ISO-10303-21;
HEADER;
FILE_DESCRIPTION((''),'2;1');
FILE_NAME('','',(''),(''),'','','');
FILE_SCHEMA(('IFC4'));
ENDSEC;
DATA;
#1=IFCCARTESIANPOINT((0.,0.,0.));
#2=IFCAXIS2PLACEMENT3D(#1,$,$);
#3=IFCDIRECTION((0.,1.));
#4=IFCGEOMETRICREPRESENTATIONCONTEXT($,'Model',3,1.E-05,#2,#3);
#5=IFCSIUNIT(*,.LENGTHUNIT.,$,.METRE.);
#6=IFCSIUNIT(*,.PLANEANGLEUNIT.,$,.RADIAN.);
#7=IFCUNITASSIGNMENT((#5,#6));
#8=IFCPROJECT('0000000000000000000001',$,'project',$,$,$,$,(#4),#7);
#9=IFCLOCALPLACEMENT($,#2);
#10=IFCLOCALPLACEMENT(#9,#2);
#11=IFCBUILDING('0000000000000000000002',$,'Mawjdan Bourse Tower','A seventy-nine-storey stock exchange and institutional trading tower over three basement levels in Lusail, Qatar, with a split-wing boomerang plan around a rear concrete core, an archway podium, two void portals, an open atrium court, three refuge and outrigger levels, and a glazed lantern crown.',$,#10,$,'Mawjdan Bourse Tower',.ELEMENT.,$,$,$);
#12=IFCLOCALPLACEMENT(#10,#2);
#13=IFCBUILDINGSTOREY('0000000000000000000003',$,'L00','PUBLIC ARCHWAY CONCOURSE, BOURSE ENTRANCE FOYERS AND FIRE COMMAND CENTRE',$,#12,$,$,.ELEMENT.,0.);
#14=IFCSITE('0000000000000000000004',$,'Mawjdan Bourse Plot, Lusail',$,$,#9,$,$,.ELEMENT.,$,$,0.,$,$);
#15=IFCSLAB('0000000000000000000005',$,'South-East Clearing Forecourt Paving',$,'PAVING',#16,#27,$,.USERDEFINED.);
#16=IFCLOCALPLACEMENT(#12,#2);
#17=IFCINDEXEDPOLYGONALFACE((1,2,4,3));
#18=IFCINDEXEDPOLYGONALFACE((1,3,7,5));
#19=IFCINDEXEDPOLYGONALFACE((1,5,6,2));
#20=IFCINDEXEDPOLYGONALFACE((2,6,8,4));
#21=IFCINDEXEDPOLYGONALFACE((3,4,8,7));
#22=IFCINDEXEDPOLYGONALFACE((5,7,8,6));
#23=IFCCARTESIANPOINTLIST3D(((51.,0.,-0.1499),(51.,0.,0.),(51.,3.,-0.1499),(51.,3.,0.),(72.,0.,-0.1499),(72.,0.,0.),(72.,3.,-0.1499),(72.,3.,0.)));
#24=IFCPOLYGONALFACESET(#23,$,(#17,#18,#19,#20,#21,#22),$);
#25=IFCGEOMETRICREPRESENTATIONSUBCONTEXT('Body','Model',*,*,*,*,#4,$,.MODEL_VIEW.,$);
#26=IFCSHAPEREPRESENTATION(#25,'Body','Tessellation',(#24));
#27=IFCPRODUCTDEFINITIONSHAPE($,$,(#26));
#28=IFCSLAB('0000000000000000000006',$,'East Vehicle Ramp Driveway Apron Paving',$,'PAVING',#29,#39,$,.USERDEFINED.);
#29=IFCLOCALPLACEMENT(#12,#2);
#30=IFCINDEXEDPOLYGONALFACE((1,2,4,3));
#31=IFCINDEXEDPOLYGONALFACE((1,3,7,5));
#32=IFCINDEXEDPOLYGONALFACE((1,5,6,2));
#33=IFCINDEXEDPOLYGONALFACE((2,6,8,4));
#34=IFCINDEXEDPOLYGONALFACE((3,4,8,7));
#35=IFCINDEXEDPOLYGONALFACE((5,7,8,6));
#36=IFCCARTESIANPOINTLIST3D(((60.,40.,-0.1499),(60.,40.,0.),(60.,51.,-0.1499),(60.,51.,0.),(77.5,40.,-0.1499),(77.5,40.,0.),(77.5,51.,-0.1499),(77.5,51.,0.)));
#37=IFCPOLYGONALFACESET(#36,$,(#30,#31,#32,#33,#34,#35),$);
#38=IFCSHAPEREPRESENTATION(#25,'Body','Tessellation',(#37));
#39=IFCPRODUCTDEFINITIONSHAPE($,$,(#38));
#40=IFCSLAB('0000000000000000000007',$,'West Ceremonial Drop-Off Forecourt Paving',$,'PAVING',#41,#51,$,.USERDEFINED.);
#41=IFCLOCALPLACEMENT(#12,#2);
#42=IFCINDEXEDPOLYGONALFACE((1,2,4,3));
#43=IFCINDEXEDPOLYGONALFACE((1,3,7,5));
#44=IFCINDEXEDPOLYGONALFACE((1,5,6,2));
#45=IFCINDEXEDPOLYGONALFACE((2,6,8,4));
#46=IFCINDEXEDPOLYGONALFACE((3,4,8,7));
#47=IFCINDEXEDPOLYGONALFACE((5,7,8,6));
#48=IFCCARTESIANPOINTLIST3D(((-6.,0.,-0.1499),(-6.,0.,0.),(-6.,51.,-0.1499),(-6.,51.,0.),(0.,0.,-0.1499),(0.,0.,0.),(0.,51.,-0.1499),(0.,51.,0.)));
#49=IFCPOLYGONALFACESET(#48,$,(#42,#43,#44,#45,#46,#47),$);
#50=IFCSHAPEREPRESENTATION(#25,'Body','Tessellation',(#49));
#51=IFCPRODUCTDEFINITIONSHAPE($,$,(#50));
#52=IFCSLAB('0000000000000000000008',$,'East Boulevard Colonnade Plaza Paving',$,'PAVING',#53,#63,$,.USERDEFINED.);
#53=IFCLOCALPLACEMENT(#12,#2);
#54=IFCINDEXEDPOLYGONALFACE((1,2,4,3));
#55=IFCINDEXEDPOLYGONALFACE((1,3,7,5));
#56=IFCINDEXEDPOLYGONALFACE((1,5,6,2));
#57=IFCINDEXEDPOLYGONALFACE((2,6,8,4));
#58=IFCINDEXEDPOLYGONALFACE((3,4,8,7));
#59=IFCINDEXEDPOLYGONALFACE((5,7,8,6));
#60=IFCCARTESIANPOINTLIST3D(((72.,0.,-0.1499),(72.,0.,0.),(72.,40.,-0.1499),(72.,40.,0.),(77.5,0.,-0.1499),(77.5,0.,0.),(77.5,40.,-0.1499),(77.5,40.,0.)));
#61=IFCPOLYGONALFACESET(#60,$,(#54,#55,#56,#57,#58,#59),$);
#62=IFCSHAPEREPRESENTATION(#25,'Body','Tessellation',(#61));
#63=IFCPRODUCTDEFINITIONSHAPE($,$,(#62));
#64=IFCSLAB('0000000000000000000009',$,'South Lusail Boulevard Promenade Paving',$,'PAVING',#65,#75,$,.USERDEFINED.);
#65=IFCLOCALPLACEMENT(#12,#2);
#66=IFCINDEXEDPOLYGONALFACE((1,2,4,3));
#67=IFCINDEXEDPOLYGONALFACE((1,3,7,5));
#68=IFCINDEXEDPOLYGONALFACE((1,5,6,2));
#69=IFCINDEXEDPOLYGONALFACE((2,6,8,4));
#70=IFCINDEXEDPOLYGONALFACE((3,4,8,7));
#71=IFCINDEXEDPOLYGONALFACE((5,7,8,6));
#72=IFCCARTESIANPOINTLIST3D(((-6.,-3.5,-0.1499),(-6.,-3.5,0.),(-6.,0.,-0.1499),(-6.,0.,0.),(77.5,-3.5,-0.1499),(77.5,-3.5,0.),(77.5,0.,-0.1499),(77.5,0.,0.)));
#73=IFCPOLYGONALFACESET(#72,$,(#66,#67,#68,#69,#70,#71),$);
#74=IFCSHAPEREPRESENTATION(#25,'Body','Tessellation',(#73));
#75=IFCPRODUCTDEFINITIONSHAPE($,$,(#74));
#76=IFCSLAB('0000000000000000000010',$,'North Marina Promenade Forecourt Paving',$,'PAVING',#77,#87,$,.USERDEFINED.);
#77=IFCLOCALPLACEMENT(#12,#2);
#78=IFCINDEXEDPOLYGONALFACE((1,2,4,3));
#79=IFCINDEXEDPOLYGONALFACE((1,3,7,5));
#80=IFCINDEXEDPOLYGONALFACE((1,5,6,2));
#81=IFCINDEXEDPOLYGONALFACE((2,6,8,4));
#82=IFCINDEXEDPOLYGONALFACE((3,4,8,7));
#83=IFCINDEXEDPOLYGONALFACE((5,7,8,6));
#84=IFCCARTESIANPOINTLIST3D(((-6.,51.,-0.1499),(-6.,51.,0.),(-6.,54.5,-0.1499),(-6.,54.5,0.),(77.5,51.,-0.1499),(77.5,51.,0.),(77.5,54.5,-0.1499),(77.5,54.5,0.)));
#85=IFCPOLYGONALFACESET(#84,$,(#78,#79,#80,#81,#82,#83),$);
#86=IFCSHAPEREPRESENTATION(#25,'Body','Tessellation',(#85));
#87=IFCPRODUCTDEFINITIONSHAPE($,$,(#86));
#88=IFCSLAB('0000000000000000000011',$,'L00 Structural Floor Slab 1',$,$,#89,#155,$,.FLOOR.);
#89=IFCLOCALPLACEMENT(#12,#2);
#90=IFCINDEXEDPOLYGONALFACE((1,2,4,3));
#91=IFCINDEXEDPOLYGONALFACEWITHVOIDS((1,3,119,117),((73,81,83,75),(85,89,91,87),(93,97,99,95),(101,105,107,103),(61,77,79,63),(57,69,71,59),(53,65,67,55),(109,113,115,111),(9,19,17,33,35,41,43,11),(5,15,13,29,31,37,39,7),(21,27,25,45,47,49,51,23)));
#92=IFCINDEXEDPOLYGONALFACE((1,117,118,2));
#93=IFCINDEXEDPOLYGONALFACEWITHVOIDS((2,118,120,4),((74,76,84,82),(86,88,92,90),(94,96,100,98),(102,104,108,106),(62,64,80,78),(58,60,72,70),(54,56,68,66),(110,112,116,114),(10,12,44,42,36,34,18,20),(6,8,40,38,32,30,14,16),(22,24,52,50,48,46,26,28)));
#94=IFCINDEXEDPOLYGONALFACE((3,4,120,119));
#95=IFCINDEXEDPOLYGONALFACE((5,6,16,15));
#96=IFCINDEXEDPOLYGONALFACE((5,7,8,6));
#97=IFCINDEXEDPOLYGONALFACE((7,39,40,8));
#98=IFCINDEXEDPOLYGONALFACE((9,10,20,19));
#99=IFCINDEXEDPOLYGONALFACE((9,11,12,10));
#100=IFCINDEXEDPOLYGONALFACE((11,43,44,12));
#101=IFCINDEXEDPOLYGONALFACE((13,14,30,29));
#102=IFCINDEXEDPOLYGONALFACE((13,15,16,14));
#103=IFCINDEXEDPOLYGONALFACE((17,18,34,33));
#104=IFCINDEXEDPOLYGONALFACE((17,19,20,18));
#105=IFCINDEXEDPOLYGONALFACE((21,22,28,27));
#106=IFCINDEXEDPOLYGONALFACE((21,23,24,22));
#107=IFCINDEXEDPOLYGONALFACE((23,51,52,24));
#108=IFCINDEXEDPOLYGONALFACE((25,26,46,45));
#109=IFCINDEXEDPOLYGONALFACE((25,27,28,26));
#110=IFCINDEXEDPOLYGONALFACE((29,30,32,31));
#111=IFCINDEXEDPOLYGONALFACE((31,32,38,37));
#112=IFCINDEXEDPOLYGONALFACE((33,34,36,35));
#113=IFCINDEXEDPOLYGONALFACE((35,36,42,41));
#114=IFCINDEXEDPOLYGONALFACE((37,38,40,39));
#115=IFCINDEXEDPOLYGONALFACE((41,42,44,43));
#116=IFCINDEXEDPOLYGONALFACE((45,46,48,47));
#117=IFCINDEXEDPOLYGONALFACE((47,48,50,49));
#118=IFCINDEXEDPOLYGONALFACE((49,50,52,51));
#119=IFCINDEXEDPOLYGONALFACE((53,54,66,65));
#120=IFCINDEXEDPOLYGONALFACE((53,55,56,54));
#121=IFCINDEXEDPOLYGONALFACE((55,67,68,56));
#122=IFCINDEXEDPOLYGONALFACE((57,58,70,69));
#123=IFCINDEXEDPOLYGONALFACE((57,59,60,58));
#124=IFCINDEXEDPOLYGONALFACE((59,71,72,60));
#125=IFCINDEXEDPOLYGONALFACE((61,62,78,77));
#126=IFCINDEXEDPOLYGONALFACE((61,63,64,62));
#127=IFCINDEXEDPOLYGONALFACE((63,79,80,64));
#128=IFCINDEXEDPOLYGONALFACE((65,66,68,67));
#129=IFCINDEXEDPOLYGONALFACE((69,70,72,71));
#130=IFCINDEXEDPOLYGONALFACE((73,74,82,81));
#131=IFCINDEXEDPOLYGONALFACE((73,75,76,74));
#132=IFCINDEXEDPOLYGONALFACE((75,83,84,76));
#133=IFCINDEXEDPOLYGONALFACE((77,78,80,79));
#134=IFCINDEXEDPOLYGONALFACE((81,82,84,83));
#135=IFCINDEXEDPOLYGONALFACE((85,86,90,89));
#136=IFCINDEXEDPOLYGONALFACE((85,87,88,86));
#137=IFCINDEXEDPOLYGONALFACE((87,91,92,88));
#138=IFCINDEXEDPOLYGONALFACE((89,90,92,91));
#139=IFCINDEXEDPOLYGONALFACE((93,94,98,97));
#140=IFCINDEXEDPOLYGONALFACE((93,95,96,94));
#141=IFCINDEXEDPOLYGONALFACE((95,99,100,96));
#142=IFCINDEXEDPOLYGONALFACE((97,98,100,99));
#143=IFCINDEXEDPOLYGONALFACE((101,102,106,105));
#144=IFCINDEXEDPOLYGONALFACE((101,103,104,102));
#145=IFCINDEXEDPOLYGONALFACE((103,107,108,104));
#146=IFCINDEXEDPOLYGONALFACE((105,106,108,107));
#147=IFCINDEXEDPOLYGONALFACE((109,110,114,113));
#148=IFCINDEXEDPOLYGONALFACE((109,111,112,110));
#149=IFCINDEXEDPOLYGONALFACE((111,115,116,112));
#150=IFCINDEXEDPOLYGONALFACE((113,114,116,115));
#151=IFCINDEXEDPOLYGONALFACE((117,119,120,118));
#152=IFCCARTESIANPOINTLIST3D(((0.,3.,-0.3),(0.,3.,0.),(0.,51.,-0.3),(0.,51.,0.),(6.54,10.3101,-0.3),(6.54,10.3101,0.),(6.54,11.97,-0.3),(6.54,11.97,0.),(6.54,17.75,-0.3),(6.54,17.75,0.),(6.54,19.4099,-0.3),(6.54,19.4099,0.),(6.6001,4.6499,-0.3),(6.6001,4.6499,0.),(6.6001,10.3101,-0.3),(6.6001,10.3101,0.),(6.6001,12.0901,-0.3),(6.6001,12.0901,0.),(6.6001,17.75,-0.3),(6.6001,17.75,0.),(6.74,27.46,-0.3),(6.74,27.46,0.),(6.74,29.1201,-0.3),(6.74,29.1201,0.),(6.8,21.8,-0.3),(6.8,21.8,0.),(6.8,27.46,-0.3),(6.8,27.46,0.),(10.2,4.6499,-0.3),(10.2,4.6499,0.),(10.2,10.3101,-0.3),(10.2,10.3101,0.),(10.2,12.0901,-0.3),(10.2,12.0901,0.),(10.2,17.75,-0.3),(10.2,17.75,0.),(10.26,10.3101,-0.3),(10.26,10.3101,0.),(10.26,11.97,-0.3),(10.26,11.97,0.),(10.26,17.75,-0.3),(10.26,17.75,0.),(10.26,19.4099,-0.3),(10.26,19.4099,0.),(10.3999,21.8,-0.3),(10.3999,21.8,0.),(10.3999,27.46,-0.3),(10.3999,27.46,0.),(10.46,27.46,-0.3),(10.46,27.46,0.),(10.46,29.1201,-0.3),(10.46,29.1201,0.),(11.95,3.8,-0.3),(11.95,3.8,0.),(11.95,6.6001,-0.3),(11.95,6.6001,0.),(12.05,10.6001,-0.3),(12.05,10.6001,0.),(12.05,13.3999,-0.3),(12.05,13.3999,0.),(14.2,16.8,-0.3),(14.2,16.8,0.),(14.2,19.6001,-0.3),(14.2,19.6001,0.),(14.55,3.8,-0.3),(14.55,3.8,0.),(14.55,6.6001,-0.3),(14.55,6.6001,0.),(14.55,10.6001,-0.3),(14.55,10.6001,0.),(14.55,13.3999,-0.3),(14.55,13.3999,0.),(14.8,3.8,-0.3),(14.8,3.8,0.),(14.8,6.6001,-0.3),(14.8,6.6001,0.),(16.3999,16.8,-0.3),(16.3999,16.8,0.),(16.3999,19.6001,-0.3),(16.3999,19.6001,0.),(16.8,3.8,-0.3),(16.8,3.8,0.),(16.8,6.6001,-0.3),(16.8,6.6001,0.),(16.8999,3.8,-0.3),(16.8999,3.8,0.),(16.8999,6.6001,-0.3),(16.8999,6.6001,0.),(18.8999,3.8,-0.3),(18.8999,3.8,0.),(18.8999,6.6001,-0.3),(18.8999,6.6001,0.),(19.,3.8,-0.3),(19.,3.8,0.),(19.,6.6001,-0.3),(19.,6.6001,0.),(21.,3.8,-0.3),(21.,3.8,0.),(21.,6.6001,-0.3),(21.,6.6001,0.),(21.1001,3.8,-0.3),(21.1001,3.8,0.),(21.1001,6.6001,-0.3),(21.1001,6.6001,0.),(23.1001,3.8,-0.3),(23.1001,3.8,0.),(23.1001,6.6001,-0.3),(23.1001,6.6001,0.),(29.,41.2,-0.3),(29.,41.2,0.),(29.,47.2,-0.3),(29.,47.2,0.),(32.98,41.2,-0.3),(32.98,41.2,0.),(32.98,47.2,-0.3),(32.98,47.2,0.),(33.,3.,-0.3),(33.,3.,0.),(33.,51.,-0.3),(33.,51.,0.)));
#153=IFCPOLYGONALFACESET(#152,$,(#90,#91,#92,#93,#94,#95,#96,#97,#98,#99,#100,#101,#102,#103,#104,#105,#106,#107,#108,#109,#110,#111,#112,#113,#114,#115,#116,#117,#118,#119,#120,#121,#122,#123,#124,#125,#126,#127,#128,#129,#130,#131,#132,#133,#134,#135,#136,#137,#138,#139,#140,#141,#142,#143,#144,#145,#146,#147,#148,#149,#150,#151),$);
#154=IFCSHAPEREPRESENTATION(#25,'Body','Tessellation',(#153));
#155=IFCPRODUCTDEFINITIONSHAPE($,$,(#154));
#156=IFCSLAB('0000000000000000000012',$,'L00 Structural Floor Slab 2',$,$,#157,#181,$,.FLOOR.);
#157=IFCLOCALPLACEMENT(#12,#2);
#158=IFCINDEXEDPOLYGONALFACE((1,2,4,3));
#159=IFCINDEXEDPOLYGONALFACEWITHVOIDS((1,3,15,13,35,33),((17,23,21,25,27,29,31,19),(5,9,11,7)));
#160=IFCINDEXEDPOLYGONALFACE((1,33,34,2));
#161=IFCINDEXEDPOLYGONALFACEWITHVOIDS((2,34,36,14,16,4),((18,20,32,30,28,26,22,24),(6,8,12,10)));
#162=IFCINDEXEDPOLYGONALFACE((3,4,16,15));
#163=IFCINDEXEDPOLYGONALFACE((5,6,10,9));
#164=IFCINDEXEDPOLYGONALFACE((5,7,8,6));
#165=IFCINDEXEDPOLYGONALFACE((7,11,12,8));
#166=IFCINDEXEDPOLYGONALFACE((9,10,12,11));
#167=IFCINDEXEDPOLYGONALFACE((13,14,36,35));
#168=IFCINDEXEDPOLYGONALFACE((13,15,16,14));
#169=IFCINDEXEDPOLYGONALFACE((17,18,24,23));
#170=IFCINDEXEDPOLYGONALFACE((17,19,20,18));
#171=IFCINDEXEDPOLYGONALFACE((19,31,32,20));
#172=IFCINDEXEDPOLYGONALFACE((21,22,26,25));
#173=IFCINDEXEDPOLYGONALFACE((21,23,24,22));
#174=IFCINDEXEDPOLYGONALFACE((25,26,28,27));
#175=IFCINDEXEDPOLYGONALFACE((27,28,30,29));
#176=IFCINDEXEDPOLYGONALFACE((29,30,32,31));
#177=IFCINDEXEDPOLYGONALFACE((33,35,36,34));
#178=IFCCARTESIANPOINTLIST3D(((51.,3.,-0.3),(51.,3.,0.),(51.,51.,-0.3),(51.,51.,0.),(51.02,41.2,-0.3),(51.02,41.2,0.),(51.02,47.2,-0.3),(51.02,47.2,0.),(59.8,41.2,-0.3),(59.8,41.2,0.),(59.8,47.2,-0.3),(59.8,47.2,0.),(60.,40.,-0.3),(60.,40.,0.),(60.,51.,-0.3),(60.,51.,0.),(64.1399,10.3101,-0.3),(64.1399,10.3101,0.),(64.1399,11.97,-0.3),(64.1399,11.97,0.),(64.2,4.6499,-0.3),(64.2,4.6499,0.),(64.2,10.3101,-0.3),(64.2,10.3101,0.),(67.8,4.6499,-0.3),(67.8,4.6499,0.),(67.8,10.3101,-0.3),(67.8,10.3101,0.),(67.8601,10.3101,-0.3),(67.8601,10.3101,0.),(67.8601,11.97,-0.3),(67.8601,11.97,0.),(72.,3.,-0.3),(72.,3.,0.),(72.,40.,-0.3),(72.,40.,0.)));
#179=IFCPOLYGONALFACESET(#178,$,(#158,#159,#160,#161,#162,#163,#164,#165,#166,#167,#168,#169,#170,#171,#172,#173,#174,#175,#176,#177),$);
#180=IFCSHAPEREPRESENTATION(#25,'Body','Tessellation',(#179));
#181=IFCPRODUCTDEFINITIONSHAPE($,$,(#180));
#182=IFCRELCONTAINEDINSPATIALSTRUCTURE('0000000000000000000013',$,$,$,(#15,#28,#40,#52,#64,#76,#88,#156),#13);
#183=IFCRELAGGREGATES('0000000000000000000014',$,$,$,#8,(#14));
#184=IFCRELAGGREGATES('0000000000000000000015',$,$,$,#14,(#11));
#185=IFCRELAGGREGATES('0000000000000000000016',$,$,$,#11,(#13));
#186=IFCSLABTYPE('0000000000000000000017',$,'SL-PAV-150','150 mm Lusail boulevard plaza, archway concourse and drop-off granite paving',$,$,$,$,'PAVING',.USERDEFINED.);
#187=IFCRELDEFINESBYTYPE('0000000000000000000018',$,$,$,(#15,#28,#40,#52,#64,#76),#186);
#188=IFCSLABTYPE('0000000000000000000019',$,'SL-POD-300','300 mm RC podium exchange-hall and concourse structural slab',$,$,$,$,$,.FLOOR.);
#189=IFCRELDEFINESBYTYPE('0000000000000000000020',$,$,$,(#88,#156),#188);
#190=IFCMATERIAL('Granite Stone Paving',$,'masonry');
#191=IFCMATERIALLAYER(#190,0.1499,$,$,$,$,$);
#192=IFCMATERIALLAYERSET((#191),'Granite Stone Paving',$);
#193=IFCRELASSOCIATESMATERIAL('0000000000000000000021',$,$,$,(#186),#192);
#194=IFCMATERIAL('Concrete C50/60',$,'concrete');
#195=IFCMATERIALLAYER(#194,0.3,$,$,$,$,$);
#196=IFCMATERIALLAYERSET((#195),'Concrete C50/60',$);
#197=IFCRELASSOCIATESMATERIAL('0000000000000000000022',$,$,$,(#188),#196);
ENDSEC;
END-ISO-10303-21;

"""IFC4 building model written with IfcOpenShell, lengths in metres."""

from ifc_helpers import new_model, si_unit, direction, frame, origin, place, context, subcontext, project, spatial, polyline, outline, extrude, material, layer, layer_set, type_object, element, save


model = new_model("IFC4")

# Units and contexts
model_context = context("Model", 3, precision=1e-05, world=origin(), true_north=direction((0.0, 1.0)))
body_context = subcontext(model_context, "Body", "Model", "MODEL_VIEW")
ifc_project = project(units=[si_unit("LENGTHUNIT", "METRE"), si_unit("PLANEANGLEUNIT", "RADIAN")], contexts=[model_context])

# Site, building, storey
site_placement = place(None, origin())
site = spatial("IfcSite", under=ifc_project, at=site_placement, Name="Mawjdan Bourse Plot, Lusail", CompositionType="ELEMENT", RefElevation=0.0)
building_placement = place(site_placement, origin())
building = spatial("IfcBuilding", under=site, at=building_placement, Name="Mawjdan Bourse Tower", Description="A seventy-nine-storey stock exchange and institutional trading tower over three basement levels in Lusail, Qatar, with a split-wing boomerang plan around a rear concrete core, an archway podium, two void portals, an open atrium court, three refuge and outrigger levels, and a glazed lantern crown.", LongName="Mawjdan Bourse Tower", CompositionType="ELEMENT")
storey_placement = place(building_placement, origin())
storey = spatial("IfcBuildingStorey", under=building, at=storey_placement, Name="L00", Description="PUBLIC ARCHWAY CONCOURSE, BOURSE ENTRANCE FOYERS AND FIRE COMMAND CENTRE", CompositionType="ELEMENT", Elevation=0.0)

# Shared definitions
ifc_material_1 = material(Name="Concrete C50/60", Category="concrete")

# Slabs
ifc_material_2 = material(Name="Granite Stone Paving", Category="masonry")
ifc_layer_1 = layer(ifc_material_2, 0.1499)
ifc_layer_set_1 = layer_set([ifc_layer_1], Name="Granite Stone Paving")
slab_type_1 = type_object("IfcSlabType", Name="SL-PAV-150", Description="150 mm Lusail boulevard plaza, archway concourse and drop-off granite paving", ElementType="PAVING", PredefinedType="USERDEFINED", material=ifc_layer_set_1)
slab_1_placement = place(storey_placement, frame((0.0, 0.0, -0.1499)))
element("IfcSlab", 1, at=slab_1_placement, inside=storey, type_object=slab_type_1, Name="South-East Clearing Forecourt Paving", ObjectType="PAVING", PredefinedType="USERDEFINED", context=body_context, shape_type="SweptSolid", body=[
    extrude(outline(polyline([(51.0, 0.0), (72.0, 0.0), (72.0, 3.0), (51.0, 3.0), (51.0, 0.0)])), origin(), (0.0, 0.0, 1.0), 0.1499),
])
slab_2_placement = place(storey_placement, frame((0.0, 0.0, -0.1499)))
element("IfcSlab", 2, at=slab_2_placement, inside=storey, type_object=slab_type_1, Name="East Vehicle Ramp Driveway Apron Paving", ObjectType="PAVING", PredefinedType="USERDEFINED", context=body_context, shape_type="SweptSolid", body=[
    extrude(outline(polyline([(60.0, 40.0), (77.5, 40.0), (77.5, 51.0), (60.0, 51.0), (60.0, 40.0)])), origin(), (0.0, 0.0, 1.0), 0.1499),
])
slab_3_placement = place(storey_placement, frame((0.0, 0.0, -0.1499)))
element("IfcSlab", 3, at=slab_3_placement, inside=storey, type_object=slab_type_1, Name="West Ceremonial Drop-Off Forecourt Paving", ObjectType="PAVING", PredefinedType="USERDEFINED", context=body_context, shape_type="SweptSolid", body=[
    extrude(outline(polyline([(-6.0, 0.0), (0.0, 0.0), (0.0, 51.0), (-6.0, 51.0), (-6.0, 0.0)])), origin(), (0.0, 0.0, 1.0), 0.1499),
])
slab_4_placement = place(storey_placement, frame((0.0, 0.0, -0.1499)))
element("IfcSlab", 4, at=slab_4_placement, inside=storey, type_object=slab_type_1, Name="East Boulevard Colonnade Plaza Paving", ObjectType="PAVING", PredefinedType="USERDEFINED", context=body_context, shape_type="SweptSolid", body=[
    extrude(outline(polyline([(72.0, 0.0), (77.5, 0.0), (77.5, 40.0), (72.0, 40.0), (72.0, 0.0)])), origin(), (0.0, 0.0, 1.0), 0.1499),
])
slab_5_placement = place(storey_placement, frame((0.0, 0.0, -0.1499)))
element("IfcSlab", 5, at=slab_5_placement, inside=storey, type_object=slab_type_1, Name="South Lusail Boulevard Promenade Paving", ObjectType="PAVING", PredefinedType="USERDEFINED", context=body_context, shape_type="SweptSolid", body=[
    extrude(outline(polyline([(-6.0, -3.5), (77.5, -3.5), (77.5, 0.0), (-6.0, 0.0), (-6.0, -3.5)])), origin(), (0.0, 0.0, 1.0), 0.1499),
])
slab_6_placement = place(storey_placement, frame((0.0, 0.0, -0.1499)))
element("IfcSlab", 6, at=slab_6_placement, inside=storey, type_object=slab_type_1, Name="North Marina Promenade Forecourt Paving", ObjectType="PAVING", PredefinedType="USERDEFINED", context=body_context, shape_type="SweptSolid", body=[
    extrude(outline(polyline([(-6.0, 51.0), (77.5, 51.0), (77.5, 54.5), (-6.0, 54.5), (-6.0, 51.0)])), origin(), (0.0, 0.0, 1.0), 0.1499),
])
ifc_layer_2 = layer(ifc_material_1, 0.3)
ifc_layer_set_2 = layer_set([ifc_layer_2], Name="Concrete C50/60")
slab_type_2 = type_object("IfcSlabType", Name="SL-POD-300", Description="300 mm RC podium exchange-hall and concourse structural slab", PredefinedType="FLOOR", material=ifc_layer_set_2)
slab_7_placement = place(storey_placement, frame((0.0, 0.0, -0.3)))
element("IfcSlab", 7, at=slab_7_placement, inside=storey, type_object=slab_type_2, Name="L00 Structural Floor Slab 1", PredefinedType="FLOOR", context=body_context, shape_type="SweptSolid", body=[
    extrude(outline(polyline([(0.0, 3.0), (33.0, 3.0), (33.0, 51.0), (0.0, 51.0), (0.0, 3.0)]), holes=[polyline([(14.55, 3.8), (11.95, 3.8), (11.95, 6.6001), (14.55, 6.6001), (14.55, 3.8)]), polyline([(10.26, 11.97), (10.26, 10.3101), (10.2, 10.3101), (10.2, 4.6499), (6.6001, 4.6499), (6.6001, 10.3101), (6.54, 10.3101), (6.54, 11.97), (10.26, 11.97)]), polyline([(10.26, 19.4099), (10.26, 17.75), (10.2, 17.75), (10.2, 12.0901), (6.6001, 12.0901), (6.6001, 17.75), (6.54, 17.75), (6.54, 19.4099), (10.26, 19.4099)]), polyline([(10.46, 29.1201), (10.46, 27.46), (10.3999, 27.46), (10.3999, 21.8), (6.8, 21.8), (6.8, 27.46), (6.74, 27.46), (6.74, 29.1201), (10.46, 29.1201)]), polyline([(16.8, 3.8), (14.8, 3.8), (14.8, 6.6001), (16.8, 6.6001), (16.8, 3.8)]), polyline([(16.8999, 3.8), (16.8999, 6.6001), (18.8999, 6.6001), (18.8999, 3.8), (16.8999, 3.8)]), polyline([(19.0, 3.8), (19.0, 6.6001), (21.0, 6.6001), (21.0, 3.8), (19.0, 3.8)]), polyline([(21.1001, 3.8), (21.1001, 6.6001), (23.1001, 6.6001), (23.1001, 3.8), (21.1001, 3.8)]), polyline([(12.05, 10.6001), (12.05, 13.3999), (14.55, 13.3999), (14.55, 10.6001), (12.05, 10.6001)]), polyline([(14.2, 16.8), (14.2, 19.6001), (16.3999, 19.6001), (16.3999, 16.8), (14.2, 16.8)]), polyline([(29.0, 41.2), (29.0, 47.2), (32.98, 47.2), (32.98, 41.2), (29.0, 41.2)])]), origin(), (0.0, 0.0, 1.0), 0.3),
])
slab_8_placement = place(storey_placement, frame((0.0, 0.0, -0.3)))
element("IfcSlab", 8, at=slab_8_placement, inside=storey, type_object=slab_type_2, Name="L00 Structural Floor Slab 2", PredefinedType="FLOOR", context=body_context, shape_type="SweptSolid", body=[
    extrude(outline(polyline([(51.0, 3.0), (72.0, 3.0), (72.0, 40.0), (60.0, 40.0), (60.0, 51.0), (51.0, 51.0), (51.0, 3.0)]), holes=[polyline([(64.2, 10.3101), (64.1399, 10.3101), (64.1399, 11.97), (67.8601, 11.97), (67.8601, 10.3101), (67.8, 10.3101), (67.8, 4.6499), (64.2, 4.6499), (64.2, 10.3101)]), polyline([(51.02, 41.2), (51.02, 47.2), (59.8, 47.2), (59.8, 41.2), (51.02, 41.2)])]), origin(), (0.0, 0.0, 1.0), 0.3),
])

save(model, "model.ifc")
